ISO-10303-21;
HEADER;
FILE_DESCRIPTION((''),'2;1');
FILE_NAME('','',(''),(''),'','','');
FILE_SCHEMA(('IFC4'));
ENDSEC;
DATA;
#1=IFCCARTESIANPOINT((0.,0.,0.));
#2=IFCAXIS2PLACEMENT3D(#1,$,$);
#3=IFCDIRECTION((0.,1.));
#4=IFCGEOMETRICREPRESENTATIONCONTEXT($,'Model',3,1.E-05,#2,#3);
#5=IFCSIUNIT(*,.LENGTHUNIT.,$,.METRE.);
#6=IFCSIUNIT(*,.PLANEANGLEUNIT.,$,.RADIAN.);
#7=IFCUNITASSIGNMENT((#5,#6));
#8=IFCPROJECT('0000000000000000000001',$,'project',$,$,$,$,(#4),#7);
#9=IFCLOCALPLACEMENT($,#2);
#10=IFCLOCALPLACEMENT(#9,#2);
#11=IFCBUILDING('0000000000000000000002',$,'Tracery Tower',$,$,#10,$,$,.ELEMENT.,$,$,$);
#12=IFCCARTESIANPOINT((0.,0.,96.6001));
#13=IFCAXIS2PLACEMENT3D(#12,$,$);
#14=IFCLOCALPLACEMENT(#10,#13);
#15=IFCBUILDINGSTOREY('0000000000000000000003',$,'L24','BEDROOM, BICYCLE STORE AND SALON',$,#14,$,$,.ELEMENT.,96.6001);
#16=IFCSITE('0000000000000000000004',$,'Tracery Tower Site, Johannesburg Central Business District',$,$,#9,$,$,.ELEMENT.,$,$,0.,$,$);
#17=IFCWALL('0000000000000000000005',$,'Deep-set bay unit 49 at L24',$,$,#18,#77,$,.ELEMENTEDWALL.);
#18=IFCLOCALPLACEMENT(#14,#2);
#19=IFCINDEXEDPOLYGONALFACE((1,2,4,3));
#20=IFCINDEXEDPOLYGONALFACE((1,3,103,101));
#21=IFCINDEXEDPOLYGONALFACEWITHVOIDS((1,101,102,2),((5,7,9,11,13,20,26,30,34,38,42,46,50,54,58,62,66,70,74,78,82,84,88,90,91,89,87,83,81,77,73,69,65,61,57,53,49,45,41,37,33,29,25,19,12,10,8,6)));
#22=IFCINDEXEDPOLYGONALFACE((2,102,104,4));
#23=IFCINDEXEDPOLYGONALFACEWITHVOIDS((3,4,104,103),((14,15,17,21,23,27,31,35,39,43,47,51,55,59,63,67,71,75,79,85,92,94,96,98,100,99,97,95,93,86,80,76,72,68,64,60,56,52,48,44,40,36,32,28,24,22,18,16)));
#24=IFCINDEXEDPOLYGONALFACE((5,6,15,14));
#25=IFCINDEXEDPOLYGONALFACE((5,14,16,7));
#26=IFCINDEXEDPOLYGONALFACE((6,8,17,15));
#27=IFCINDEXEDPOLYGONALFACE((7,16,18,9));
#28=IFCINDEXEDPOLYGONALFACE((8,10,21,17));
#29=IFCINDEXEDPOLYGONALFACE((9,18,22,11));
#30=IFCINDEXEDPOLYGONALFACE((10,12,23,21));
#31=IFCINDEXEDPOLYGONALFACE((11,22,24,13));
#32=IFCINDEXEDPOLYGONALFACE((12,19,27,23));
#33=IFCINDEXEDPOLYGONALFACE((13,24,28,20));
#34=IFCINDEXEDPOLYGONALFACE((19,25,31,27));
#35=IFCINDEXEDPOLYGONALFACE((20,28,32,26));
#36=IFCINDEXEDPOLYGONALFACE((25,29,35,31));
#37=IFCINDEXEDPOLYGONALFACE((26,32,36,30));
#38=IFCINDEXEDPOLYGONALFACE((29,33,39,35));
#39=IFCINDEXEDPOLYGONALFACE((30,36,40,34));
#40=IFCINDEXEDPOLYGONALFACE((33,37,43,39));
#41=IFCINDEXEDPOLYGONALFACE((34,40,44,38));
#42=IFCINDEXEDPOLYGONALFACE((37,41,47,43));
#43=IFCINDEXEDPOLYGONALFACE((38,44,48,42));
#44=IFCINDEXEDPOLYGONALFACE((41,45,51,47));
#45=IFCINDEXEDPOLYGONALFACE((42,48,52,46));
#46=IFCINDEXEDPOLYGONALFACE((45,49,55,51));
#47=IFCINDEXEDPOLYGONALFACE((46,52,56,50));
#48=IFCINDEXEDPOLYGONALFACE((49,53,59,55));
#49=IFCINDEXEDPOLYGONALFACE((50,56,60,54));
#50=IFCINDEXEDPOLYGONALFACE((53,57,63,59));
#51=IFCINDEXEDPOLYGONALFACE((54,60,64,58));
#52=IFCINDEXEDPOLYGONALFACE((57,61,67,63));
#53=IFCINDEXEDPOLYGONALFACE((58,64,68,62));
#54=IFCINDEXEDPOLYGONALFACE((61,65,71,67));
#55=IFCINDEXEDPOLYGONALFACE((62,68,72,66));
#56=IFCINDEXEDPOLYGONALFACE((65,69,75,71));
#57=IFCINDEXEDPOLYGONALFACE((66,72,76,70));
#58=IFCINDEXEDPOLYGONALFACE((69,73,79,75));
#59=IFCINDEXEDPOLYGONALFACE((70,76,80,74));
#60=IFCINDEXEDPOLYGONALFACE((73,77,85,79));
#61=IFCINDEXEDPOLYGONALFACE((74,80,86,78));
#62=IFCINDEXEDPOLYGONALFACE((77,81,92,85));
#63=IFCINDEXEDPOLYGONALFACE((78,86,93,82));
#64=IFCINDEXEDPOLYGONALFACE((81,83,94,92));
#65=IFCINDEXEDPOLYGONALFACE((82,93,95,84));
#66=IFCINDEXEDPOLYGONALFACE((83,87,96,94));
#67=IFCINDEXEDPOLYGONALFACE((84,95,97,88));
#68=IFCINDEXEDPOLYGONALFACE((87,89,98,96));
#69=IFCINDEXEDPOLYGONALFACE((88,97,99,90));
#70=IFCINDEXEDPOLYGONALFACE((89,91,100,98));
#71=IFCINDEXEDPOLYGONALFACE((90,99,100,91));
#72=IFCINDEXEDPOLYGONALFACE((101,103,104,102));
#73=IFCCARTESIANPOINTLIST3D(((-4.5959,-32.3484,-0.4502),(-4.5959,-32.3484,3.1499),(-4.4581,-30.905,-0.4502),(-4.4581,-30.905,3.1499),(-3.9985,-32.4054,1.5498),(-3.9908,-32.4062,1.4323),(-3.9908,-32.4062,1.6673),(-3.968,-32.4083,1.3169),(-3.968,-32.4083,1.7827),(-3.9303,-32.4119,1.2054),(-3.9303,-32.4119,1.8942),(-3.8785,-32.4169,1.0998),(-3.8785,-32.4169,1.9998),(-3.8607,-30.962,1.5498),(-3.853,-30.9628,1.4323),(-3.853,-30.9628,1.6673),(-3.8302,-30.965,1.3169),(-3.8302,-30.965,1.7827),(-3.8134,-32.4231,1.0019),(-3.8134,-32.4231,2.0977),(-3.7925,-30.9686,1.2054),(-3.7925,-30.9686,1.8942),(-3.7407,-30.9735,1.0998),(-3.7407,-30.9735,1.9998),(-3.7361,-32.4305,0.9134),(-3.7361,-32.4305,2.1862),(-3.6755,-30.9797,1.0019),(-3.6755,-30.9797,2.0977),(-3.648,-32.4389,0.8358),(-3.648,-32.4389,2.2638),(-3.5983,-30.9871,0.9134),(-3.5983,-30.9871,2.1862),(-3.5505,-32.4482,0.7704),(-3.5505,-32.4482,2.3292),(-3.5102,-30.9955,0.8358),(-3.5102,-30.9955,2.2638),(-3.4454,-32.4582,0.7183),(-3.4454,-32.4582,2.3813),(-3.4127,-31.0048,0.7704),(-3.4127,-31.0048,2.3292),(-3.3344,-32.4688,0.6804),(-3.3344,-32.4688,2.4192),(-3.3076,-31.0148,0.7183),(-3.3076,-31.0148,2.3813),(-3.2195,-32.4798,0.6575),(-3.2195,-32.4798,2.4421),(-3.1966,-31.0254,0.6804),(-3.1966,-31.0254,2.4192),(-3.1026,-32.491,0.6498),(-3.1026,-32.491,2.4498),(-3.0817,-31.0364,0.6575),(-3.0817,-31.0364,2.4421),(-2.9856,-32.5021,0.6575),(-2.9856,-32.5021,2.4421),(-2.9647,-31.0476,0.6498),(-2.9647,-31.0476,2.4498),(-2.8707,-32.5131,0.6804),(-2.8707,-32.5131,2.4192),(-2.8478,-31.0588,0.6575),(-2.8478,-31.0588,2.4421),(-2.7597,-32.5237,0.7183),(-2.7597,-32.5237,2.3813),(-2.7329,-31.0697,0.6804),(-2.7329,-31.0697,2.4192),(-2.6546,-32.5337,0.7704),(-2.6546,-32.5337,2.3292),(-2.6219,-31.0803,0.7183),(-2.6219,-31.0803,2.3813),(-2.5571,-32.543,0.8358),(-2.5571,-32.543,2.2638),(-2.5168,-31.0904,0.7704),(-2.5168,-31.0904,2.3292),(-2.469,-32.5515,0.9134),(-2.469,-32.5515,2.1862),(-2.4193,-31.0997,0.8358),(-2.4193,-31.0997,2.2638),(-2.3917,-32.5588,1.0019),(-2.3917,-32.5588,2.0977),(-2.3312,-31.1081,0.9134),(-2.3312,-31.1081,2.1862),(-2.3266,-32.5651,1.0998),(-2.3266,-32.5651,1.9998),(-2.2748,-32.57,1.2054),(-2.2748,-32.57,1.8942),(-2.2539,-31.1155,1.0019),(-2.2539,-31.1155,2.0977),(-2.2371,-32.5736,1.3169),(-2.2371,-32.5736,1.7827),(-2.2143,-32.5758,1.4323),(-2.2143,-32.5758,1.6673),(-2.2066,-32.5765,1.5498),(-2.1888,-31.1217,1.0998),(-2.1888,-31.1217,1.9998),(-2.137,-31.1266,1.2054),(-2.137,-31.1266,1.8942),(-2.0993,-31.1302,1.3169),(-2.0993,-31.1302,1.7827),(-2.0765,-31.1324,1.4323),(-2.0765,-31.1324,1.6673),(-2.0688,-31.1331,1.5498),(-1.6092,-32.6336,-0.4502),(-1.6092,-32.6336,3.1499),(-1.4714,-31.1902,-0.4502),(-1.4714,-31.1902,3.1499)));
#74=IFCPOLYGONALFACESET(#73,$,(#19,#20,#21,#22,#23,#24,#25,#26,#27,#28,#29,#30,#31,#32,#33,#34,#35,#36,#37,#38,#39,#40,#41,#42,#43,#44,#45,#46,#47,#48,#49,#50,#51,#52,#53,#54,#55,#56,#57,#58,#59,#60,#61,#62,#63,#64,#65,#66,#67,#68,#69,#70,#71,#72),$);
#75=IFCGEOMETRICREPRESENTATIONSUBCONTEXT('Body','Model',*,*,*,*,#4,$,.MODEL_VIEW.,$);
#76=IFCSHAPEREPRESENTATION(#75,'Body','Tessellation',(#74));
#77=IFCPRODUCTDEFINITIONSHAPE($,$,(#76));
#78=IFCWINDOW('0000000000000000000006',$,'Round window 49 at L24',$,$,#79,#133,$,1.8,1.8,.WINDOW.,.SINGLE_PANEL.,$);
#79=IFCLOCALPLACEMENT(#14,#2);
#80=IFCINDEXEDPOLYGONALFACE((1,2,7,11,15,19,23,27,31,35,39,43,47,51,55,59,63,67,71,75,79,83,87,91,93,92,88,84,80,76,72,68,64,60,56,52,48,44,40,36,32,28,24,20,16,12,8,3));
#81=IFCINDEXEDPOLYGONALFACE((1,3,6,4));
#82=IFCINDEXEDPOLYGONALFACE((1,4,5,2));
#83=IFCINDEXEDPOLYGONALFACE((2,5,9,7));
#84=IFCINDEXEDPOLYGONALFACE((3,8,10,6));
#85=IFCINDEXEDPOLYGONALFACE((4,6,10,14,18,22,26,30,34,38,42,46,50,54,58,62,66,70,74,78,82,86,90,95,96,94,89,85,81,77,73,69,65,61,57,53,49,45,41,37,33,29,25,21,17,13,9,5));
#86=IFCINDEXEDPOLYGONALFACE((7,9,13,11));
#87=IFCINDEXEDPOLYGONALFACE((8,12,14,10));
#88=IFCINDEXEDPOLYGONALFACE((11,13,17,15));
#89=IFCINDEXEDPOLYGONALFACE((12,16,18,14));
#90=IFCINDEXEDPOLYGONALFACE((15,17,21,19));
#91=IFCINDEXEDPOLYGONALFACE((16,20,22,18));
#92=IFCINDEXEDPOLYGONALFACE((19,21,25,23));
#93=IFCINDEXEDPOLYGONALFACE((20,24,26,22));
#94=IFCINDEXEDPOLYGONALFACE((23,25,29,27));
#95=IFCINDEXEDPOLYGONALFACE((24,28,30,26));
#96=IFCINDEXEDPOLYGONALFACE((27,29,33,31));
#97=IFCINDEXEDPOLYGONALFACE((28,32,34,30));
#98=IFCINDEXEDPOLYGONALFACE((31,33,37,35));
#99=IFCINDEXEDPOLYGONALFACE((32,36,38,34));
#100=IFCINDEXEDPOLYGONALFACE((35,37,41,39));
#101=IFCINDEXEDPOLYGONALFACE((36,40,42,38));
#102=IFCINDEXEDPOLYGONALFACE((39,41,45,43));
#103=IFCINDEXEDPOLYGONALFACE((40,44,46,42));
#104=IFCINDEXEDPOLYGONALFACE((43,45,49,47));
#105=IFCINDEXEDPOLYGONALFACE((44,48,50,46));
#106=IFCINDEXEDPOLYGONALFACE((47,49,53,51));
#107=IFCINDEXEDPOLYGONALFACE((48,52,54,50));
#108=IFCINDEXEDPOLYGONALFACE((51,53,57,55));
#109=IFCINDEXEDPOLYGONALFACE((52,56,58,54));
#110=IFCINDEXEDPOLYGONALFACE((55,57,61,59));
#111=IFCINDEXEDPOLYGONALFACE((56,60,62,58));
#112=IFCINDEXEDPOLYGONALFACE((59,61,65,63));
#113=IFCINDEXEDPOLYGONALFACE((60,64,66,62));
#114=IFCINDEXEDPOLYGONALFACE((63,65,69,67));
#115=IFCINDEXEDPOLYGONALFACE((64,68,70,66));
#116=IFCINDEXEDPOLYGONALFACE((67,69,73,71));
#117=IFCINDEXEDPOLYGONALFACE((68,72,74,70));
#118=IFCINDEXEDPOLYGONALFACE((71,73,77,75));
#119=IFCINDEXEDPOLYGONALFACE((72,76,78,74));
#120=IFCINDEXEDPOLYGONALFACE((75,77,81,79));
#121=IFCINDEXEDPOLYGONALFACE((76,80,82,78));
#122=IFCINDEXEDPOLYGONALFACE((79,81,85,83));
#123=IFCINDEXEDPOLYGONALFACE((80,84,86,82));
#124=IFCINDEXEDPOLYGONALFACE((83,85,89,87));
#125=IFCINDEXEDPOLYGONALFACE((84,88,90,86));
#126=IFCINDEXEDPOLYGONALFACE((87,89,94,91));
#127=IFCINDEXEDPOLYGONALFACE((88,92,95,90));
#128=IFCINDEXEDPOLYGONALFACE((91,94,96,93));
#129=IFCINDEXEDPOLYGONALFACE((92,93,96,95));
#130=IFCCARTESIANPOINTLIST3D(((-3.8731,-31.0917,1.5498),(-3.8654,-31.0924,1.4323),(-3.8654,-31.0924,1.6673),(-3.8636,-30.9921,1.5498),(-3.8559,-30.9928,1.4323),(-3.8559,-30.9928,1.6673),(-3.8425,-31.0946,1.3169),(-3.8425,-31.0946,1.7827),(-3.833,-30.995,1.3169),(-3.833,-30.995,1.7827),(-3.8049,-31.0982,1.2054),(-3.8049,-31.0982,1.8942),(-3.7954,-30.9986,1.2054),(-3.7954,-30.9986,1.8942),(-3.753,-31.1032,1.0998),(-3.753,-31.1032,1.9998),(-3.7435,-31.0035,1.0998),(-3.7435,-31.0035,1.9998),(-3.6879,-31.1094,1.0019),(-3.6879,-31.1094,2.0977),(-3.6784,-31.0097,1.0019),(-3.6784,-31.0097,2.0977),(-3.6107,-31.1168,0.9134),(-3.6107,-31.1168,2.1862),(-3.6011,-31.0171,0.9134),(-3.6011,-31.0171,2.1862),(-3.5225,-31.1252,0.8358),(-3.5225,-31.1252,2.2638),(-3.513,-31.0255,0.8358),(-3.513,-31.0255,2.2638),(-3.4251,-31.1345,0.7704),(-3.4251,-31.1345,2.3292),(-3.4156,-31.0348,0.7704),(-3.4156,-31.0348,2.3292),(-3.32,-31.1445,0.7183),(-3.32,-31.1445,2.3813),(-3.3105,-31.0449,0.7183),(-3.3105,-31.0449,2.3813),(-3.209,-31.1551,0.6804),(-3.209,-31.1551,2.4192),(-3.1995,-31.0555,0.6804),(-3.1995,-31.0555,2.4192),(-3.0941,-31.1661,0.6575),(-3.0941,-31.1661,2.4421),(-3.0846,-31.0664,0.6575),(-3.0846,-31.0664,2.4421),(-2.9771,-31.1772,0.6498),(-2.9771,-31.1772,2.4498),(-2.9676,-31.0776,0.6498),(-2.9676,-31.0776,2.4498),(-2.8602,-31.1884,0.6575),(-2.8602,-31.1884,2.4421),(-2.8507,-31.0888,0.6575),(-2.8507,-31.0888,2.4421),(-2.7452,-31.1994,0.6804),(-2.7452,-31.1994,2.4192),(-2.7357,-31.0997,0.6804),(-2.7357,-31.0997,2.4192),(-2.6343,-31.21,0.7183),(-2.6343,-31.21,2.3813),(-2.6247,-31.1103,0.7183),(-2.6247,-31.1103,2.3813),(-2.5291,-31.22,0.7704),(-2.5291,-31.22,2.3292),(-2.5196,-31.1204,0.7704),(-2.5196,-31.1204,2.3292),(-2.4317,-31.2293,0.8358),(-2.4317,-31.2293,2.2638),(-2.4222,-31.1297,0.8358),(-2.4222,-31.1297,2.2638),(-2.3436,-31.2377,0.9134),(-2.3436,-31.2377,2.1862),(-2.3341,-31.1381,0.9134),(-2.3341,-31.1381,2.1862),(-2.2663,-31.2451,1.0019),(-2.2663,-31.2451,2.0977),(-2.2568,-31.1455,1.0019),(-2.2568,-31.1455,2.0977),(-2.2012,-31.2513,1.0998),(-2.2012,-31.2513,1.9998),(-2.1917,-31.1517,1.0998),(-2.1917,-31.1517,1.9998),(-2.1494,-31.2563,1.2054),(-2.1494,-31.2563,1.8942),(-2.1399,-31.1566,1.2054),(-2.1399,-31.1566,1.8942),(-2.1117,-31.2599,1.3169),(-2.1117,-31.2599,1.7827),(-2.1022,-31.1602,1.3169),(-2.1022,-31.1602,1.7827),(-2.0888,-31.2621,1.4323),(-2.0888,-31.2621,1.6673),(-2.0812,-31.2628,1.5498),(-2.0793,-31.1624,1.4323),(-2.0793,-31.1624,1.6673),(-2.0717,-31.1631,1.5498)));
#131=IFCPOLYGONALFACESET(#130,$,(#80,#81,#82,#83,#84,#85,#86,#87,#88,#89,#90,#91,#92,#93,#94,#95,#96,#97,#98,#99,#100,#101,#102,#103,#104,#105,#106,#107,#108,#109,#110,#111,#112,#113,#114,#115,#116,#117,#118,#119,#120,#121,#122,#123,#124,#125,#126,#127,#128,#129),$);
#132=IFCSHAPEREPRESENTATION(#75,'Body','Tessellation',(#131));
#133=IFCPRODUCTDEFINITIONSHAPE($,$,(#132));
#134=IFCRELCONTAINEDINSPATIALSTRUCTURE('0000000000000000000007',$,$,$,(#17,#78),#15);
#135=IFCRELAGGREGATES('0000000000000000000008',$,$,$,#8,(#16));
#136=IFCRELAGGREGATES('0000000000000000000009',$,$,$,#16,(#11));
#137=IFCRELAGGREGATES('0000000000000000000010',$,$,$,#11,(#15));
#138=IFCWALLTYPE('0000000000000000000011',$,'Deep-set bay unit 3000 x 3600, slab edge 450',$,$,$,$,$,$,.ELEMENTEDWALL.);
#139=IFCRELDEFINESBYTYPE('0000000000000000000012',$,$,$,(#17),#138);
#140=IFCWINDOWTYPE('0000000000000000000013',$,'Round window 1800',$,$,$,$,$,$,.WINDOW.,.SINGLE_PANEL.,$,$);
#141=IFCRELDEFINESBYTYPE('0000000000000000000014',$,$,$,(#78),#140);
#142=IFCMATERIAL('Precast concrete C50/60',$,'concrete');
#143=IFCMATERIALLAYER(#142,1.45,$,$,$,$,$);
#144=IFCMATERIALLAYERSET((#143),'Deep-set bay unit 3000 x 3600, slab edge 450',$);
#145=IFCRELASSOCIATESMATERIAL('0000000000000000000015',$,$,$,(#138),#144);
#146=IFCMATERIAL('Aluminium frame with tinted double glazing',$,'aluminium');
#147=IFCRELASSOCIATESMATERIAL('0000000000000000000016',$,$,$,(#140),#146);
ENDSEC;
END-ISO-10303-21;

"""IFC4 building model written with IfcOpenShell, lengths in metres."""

from ifc_helpers import new_model, si_unit, direction, frame, frame_2d, origin, origin_2d, place, context, subcontext, project, spatial, rectangle, circle, extrude, material, layer, layer_set, type_object, element, fill, save


model = new_model("IFC4")

# Units and contexts
model_context = context("Model", 3, precision=1e-05, world=origin(), true_north=direction((0.0, 1.0)))
body_context = subcontext(model_context, "Body", "Model", "MODEL_VIEW")
ifc_project = project(units=[si_unit("LENGTHUNIT", "METRE"), si_unit("PLANEANGLEUNIT", "RADIAN")], contexts=[model_context])

# Site, building, storey
site_placement = place(None, origin())
site = spatial("IfcSite", under=ifc_project, at=site_placement, Name="Tracery Tower Site, Johannesburg Central Business District", CompositionType="ELEMENT", RefElevation=0.0)
building_placement = place(site_placement, origin())
building = spatial("IfcBuilding", under=site, at=building_placement, Name="Tracery Tower", CompositionType="ELEMENT")
storey_placement = place(building_placement, frame((0.0, 0.0, 96.6001)))
storey = spatial("IfcBuildingStorey", under=building, at=storey_placement, Name="L24", Description="BEDROOM, BICYCLE STORE AND SALON", CompositionType="ELEMENT", Elevation=96.6001)

# Wall, opening, window
ifc_material_1 = material(Name="Precast concrete C50/60", Category="concrete")
ifc_layer_1 = layer(ifc_material_1, 1.45)
ifc_layer_set_1 = layer_set([ifc_layer_1], Name="Deep-set bay unit 3000 x 3600, slab edge 450")
wall_type_1 = type_object("IfcWallType", Name="Deep-set bay unit 3000 x 3600, slab edge 450", PredefinedType="ELEMENTEDWALL", material=ifc_layer_set_1)
ifc_material_2 = material(Name="Aluminium frame with tinted double glazing", Category="aluminium")
window_type = type_object("IfcWindowType", Name="Round window 1800", PartitioningType="SINGLE_PANEL", PredefinedType="WINDOW", material=ifc_material_2)
wall_1_placement = place(storey_placement, frame((-4.5269, -31.6267, -0.4502), z_axis=(0.0, 0.0, 1.0), x_axis=(0.995473, -0.095047, 0.0)))
wall_1 = element("IfcWall", 1, at=wall_1_placement, inside=storey, type_object=wall_type_1, Name="Deep-set bay unit 49 at L24", PredefinedType="ELEMENTEDWALL", context=body_context, shape_type="SweptSolid", body=[
    extrude(rectangle(XDim=3.0002, YDim=1.45, at=frame_2d((1.5, 0.0))), origin(), (0.0, 0.0, 1.0), 3.6001),
])
opening_1_placement = place(wall_1_placement, frame((1.5, 0.0, 2.0)))
opening_1 = element("IfcOpeningElement", 2, at=opening_1_placement, cuts=wall_1, PredefinedType="OPENING", context=body_context, shape_type="SweptSolid", body=[
    extrude(circle(Radius=0.9, at=origin_2d()), frame((0.0, 0.7349, 0.0), z_axis=(0.0, -1.0, 0.0), x_axis=(1.0, 0.0, 0.0)), (0.0, 0.0, 1.0), 1.47),
])
window_1_placement = place(opening_1_placement, origin())
window_1 = element("IfcWindow", 3, at=window_1_placement, inside=storey, type_object=window_type, Name="Round window 49 at L24", OverallHeight=1.8, OverallWidth=1.8, PartitioningType="SINGLE_PANEL", PredefinedType="WINDOW", context=body_context, shape_type="SweptSolid", body=[
    extrude(circle(Radius=0.9, at=origin_2d()), frame((0.0, 0.6948, 0.0), z_axis=(0.0, -1.0, 0.0), x_axis=(1.0, 0.0, 0.0)), (0.0, 0.0, 1.0), 0.1001),
])
fill(opening_1, window_1)

save(model, "model.ifc")
